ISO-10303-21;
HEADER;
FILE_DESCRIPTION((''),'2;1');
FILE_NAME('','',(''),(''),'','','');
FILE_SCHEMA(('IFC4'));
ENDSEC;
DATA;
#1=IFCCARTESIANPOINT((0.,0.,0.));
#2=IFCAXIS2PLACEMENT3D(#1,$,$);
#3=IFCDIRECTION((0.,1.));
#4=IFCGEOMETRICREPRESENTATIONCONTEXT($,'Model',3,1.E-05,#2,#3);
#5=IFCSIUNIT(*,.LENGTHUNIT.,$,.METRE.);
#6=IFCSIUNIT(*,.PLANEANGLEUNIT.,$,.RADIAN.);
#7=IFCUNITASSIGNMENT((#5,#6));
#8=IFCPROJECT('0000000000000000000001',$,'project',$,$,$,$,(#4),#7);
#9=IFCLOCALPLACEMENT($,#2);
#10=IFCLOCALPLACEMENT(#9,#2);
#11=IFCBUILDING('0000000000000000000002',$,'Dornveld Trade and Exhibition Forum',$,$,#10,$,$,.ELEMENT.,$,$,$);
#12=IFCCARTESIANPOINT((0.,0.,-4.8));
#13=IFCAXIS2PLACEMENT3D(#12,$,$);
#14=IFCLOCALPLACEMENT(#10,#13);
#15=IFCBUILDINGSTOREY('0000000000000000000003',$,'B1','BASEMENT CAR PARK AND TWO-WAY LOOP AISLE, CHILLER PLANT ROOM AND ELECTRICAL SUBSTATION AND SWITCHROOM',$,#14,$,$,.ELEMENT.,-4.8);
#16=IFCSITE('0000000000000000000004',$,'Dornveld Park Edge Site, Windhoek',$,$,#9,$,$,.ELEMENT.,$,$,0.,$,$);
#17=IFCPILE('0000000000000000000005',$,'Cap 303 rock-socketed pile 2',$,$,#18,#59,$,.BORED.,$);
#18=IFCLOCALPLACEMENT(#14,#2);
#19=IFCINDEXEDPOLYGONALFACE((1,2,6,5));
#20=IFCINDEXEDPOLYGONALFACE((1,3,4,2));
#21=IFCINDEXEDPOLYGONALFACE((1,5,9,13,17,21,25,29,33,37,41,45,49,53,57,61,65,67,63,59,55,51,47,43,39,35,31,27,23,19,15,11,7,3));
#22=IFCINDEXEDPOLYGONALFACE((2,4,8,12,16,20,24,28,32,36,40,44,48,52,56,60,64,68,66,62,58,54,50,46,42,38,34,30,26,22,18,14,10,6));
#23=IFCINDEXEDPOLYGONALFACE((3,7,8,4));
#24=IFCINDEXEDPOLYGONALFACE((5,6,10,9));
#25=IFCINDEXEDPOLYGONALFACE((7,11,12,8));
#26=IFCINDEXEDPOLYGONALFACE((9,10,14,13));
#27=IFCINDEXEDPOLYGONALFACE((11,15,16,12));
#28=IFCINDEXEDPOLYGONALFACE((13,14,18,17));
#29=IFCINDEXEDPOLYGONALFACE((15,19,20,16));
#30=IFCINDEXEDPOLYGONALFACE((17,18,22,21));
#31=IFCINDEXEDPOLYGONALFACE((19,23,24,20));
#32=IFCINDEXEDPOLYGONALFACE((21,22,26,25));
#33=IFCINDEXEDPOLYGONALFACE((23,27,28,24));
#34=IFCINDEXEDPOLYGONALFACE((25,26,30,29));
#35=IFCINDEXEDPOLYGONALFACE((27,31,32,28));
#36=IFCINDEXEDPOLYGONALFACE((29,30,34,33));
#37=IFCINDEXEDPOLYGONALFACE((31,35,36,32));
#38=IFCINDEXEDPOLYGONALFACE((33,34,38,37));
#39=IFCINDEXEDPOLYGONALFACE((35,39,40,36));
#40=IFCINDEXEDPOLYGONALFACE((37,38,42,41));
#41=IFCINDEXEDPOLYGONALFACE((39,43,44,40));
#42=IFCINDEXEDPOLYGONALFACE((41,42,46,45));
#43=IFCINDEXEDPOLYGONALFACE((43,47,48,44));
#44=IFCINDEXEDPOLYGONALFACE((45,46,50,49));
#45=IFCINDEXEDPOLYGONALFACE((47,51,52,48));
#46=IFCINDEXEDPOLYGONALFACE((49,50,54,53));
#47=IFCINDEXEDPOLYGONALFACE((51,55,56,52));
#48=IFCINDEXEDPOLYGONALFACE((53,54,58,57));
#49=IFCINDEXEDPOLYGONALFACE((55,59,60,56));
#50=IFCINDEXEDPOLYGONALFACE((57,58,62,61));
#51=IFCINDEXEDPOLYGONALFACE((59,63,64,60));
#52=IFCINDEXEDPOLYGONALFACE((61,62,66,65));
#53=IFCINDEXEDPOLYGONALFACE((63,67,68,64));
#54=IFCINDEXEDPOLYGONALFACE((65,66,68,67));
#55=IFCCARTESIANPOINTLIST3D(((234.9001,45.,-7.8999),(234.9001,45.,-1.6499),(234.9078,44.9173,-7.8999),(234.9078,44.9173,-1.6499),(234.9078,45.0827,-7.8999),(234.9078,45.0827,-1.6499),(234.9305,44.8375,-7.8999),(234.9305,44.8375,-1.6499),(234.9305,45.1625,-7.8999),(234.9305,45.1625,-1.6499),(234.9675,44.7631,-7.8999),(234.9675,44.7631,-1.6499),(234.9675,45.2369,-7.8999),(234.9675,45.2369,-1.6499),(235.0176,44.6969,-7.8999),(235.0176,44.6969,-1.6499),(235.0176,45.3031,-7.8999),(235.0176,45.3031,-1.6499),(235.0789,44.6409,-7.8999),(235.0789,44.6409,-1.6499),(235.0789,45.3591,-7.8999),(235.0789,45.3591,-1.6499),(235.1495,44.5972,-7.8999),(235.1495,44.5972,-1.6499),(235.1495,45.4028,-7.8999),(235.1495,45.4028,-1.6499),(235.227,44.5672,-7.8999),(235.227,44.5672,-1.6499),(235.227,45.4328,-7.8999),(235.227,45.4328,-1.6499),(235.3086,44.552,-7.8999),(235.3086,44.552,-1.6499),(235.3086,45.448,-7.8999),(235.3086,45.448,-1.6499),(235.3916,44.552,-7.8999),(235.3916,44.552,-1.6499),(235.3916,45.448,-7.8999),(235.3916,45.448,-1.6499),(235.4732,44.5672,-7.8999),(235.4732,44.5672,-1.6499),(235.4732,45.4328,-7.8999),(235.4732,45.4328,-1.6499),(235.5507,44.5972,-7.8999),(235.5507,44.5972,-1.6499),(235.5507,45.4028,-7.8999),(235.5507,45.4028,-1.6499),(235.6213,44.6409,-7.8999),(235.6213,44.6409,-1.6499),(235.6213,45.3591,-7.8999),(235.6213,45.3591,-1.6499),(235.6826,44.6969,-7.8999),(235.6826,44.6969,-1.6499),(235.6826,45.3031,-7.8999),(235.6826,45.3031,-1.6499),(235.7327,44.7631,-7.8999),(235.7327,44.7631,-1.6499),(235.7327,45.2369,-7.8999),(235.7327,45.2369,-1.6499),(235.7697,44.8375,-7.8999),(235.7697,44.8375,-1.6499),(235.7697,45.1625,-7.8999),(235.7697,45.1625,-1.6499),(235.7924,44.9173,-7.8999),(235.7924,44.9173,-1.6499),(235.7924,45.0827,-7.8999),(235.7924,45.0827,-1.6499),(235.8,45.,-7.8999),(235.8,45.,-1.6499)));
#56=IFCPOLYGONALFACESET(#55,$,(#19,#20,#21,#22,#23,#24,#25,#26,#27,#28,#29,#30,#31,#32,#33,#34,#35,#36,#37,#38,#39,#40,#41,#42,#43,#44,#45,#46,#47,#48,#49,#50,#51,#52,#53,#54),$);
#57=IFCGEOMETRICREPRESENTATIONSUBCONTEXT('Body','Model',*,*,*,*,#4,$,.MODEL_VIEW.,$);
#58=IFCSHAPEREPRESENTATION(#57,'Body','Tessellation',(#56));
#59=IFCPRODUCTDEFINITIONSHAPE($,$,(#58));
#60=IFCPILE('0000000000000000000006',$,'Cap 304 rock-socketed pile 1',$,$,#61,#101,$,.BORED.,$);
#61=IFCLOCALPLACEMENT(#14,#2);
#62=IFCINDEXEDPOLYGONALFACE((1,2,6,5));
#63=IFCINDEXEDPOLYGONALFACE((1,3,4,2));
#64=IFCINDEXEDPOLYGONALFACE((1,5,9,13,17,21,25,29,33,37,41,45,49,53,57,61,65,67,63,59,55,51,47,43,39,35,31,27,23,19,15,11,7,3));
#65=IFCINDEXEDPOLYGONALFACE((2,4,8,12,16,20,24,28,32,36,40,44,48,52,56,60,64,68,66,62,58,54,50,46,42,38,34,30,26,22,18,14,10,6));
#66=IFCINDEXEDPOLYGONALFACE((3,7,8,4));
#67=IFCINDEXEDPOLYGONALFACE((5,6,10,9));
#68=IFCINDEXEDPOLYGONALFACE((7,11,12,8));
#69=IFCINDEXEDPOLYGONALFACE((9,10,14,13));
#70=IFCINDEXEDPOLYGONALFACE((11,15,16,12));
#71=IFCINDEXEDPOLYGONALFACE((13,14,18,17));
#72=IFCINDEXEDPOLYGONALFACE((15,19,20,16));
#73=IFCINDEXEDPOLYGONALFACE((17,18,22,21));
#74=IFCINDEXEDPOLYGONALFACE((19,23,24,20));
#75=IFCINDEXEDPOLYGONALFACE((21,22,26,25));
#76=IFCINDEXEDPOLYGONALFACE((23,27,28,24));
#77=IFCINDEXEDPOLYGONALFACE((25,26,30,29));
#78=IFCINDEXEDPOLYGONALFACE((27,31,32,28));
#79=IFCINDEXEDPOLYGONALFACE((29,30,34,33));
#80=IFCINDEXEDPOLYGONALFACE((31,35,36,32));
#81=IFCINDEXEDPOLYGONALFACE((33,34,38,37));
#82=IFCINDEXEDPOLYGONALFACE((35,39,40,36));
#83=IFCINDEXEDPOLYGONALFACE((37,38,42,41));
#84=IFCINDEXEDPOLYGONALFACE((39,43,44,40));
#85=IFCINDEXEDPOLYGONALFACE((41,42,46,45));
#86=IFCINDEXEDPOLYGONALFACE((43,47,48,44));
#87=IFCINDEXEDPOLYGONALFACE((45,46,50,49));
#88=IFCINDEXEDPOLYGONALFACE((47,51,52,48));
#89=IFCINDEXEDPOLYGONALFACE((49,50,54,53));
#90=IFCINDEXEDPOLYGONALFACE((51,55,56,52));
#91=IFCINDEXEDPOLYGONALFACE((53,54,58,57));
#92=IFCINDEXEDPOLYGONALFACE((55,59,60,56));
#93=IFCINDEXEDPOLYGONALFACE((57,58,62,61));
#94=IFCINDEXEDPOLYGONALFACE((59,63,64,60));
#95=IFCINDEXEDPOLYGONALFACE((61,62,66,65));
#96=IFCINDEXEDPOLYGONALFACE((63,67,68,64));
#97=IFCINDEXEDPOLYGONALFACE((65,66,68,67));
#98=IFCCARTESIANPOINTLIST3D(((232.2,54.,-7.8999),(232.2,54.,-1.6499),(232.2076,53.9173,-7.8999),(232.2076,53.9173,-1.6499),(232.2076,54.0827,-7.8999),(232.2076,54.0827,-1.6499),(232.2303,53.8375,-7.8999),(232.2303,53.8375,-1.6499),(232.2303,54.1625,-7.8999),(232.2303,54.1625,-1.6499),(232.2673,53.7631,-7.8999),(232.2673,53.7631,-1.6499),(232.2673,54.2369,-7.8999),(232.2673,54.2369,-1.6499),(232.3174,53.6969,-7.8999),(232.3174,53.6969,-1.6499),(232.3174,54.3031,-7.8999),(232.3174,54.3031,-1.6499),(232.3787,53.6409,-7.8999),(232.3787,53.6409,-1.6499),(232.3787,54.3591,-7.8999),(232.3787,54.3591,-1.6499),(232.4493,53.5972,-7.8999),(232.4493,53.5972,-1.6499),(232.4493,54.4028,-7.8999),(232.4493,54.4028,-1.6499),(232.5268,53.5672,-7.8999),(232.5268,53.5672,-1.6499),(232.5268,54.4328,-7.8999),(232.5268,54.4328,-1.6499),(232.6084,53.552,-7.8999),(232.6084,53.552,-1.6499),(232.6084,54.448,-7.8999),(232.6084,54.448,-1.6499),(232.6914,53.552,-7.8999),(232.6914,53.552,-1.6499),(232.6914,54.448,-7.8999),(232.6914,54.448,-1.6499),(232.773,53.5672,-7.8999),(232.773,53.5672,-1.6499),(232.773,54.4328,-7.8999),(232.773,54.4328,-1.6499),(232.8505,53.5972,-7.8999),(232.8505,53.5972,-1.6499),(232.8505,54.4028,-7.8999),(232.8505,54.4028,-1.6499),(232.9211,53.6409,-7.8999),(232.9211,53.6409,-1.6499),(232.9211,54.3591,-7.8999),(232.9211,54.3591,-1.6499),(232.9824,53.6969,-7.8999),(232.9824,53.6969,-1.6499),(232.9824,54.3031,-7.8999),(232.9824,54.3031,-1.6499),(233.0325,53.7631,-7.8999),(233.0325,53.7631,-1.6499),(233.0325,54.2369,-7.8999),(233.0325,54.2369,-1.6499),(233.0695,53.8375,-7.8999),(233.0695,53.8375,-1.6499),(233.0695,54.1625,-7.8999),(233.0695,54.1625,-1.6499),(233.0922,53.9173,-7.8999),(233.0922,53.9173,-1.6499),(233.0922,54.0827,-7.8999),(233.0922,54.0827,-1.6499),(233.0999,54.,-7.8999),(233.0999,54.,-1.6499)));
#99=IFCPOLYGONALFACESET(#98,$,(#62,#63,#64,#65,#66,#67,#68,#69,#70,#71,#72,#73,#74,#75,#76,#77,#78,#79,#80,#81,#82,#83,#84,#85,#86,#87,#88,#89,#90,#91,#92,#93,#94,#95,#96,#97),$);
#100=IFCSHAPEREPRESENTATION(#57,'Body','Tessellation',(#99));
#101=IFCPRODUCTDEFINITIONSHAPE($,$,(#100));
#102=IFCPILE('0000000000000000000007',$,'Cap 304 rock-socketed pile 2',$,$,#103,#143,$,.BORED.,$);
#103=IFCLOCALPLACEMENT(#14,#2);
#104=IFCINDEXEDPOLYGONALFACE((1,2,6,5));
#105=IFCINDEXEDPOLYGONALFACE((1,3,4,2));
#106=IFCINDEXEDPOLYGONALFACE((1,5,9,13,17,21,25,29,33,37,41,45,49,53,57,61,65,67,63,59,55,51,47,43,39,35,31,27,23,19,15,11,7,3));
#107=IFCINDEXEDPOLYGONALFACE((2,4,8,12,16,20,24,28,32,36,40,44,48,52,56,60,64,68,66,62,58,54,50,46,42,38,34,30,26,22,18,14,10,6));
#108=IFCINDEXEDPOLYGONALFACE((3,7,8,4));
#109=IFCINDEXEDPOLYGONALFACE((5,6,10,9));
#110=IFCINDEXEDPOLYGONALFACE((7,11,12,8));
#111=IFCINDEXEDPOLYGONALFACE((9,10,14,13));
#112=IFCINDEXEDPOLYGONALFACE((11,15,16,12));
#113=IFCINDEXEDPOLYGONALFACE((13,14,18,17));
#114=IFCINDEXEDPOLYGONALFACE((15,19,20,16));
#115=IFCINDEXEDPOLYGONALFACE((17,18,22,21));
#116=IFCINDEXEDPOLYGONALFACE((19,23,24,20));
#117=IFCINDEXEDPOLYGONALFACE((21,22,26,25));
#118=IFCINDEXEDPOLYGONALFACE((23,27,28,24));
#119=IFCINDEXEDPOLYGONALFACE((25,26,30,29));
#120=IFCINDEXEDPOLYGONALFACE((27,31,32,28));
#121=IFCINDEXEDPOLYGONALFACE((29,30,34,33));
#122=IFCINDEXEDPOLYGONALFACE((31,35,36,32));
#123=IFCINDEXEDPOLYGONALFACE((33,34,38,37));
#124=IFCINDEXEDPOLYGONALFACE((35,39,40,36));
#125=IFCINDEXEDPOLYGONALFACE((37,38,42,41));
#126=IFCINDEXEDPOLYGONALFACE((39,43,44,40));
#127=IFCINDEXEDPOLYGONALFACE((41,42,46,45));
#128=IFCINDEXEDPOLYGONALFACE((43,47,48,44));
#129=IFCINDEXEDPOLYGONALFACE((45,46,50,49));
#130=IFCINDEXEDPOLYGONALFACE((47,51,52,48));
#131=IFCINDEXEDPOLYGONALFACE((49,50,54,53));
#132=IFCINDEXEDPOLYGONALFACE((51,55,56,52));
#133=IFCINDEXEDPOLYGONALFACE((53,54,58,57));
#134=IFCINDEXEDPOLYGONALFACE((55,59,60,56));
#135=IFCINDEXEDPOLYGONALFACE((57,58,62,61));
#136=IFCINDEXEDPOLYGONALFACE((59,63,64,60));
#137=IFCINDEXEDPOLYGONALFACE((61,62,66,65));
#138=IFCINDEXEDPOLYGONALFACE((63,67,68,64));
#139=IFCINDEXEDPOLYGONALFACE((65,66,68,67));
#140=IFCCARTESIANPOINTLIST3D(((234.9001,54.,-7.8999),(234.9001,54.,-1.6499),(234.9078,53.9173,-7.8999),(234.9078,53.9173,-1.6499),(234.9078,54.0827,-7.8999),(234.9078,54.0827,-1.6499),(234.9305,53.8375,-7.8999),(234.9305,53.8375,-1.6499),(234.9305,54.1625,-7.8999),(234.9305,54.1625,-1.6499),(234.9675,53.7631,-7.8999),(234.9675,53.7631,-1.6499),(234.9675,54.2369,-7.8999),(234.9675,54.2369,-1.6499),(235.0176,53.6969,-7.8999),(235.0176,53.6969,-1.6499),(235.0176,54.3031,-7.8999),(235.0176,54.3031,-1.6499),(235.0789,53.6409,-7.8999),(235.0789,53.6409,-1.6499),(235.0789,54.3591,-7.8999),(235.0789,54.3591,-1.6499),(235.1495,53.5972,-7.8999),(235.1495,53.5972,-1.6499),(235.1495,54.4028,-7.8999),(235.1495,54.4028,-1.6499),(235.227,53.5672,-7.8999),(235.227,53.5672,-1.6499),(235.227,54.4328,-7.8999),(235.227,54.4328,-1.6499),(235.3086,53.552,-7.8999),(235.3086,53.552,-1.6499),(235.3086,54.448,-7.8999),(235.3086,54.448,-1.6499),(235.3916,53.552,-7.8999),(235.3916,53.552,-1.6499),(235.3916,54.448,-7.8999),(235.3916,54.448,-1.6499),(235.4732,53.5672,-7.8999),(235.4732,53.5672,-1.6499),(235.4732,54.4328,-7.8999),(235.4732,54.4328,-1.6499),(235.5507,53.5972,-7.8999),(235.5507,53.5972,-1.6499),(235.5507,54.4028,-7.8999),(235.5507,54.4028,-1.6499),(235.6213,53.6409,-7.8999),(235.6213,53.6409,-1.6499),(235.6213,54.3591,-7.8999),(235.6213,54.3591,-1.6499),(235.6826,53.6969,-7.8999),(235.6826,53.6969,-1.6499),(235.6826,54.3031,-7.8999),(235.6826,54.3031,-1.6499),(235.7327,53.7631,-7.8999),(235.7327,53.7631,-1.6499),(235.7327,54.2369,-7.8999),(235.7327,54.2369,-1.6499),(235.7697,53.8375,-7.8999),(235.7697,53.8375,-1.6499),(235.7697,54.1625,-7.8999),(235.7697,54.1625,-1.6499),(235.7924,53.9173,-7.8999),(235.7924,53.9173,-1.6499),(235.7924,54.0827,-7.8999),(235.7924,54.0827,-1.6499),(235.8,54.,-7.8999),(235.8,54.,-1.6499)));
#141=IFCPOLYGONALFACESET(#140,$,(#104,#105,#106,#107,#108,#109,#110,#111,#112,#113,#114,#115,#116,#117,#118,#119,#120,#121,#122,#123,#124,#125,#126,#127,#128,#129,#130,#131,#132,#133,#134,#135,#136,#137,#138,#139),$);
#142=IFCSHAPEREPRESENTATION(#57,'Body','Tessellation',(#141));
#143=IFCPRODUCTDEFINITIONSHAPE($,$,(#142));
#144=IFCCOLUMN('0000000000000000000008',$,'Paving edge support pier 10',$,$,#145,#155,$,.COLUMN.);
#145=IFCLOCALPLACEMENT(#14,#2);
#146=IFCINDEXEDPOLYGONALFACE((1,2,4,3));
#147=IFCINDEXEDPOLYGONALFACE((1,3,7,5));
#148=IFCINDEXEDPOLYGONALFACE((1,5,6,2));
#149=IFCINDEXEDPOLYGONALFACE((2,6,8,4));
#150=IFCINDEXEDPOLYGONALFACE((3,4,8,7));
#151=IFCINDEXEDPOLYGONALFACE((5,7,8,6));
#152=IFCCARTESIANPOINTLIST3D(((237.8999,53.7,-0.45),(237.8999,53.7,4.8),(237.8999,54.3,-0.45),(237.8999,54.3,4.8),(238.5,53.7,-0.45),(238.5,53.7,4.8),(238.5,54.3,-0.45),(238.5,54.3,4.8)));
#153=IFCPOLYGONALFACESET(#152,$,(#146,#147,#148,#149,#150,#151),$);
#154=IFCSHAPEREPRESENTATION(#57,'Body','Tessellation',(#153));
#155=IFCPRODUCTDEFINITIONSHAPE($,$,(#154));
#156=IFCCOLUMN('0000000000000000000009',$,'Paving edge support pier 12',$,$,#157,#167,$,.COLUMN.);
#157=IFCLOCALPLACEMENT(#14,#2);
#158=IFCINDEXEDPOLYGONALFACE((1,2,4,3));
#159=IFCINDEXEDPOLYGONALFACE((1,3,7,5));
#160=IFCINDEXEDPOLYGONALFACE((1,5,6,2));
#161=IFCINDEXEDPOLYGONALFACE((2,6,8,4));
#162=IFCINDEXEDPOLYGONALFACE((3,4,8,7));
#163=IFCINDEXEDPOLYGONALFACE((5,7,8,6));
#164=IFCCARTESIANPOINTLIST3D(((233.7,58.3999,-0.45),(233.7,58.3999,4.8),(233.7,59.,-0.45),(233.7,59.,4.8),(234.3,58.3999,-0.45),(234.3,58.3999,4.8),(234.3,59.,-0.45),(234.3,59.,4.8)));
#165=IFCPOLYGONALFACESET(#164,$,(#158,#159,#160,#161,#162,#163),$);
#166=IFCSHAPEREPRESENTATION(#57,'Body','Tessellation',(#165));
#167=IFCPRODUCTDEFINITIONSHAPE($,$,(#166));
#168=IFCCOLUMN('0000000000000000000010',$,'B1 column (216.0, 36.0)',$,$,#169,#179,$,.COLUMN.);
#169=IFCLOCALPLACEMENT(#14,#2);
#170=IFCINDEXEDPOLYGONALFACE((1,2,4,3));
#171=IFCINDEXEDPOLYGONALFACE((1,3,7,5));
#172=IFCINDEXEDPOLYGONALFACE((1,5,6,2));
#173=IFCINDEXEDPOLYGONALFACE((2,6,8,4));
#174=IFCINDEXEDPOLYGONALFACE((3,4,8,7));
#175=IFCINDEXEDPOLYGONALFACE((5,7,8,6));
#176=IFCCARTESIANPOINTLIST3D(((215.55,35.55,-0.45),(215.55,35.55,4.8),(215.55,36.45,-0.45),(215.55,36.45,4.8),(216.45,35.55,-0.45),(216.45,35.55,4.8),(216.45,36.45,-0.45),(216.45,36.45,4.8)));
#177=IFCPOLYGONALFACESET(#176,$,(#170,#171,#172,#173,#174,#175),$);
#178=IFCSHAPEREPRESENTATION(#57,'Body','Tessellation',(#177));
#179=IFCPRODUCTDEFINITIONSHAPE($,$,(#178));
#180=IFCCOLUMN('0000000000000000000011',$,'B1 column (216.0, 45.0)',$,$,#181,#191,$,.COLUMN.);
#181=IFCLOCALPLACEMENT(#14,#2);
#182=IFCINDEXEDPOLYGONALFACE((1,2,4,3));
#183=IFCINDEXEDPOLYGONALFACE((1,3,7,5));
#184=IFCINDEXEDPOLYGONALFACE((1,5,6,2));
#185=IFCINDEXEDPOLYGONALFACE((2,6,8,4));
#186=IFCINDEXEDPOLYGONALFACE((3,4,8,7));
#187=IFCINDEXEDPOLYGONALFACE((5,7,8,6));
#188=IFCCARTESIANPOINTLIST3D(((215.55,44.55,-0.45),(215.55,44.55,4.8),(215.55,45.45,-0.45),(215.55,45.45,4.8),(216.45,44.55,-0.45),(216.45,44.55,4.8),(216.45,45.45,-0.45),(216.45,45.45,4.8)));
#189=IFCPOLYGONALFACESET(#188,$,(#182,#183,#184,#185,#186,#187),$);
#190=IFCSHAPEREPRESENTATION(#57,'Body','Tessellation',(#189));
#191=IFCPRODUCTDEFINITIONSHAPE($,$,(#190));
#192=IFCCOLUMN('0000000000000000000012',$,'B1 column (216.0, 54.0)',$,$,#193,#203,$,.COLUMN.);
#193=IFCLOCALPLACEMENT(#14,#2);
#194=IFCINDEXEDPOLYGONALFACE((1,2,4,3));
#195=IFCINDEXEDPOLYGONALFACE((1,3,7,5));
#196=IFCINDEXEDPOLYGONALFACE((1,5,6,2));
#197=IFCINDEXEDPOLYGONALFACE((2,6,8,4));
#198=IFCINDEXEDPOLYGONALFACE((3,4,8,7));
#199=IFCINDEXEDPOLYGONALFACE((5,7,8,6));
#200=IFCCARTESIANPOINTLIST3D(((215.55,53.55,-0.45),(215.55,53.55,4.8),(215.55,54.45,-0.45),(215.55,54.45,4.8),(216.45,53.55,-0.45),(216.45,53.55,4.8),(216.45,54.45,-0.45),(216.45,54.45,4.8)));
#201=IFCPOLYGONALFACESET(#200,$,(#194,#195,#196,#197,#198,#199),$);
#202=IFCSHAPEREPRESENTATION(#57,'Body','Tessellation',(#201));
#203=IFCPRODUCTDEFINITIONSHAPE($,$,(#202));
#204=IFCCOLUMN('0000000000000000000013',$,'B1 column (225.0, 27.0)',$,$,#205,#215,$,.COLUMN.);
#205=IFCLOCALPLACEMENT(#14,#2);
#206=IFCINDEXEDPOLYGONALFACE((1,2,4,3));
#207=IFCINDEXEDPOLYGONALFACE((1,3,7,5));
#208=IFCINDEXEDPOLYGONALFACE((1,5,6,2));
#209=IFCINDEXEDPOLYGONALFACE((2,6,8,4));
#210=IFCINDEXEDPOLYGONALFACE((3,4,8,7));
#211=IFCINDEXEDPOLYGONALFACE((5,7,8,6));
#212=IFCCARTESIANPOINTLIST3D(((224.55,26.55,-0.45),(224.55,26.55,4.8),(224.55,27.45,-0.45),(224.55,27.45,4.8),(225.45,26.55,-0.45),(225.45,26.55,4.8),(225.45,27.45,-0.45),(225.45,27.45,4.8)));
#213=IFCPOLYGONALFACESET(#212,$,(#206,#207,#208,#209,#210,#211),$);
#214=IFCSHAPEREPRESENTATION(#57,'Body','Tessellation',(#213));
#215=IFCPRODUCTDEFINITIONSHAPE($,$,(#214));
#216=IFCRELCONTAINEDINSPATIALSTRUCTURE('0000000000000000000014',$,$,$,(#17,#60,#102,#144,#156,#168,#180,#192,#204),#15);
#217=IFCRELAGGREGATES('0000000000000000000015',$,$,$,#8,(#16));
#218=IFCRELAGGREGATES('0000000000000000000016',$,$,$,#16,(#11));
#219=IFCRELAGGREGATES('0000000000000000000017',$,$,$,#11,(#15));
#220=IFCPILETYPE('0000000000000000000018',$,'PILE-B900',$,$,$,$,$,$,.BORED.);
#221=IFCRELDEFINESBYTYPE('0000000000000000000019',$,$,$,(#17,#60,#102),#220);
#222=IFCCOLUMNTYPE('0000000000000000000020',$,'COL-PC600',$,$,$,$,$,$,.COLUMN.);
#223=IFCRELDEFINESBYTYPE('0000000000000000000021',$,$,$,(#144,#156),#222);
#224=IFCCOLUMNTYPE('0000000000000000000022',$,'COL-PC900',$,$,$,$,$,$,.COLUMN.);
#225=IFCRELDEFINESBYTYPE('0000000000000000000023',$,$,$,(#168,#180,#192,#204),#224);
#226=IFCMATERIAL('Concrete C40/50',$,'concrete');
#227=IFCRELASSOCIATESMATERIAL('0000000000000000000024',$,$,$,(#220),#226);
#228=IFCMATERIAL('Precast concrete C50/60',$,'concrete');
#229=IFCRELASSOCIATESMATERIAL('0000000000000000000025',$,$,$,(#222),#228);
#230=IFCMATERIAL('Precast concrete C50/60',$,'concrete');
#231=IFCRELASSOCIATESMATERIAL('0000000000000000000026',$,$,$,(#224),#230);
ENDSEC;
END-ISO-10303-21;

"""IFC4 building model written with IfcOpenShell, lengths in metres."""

from ifc_helpers import new_model, si_unit, direction, frame, origin, origin_2d, place, context, subcontext, project, spatial, rectangle, circle, extrude, material, material_profile, profile_set, type_object, element, save


model = new_model("IFC4")

# Units and contexts
model_context = context("Model", 3, precision=1e-05, world=origin(), true_north=direction((0.0, 1.0)))
body_context = subcontext(model_context, "Body", "Model", "MODEL_VIEW")
ifc_project = project(units=[si_unit("LENGTHUNIT", "METRE"), si_unit("PLANEANGLEUNIT", "RADIAN")], contexts=[model_context])

# Site, building, storey
site_placement = place(None, origin())
site = spatial("IfcSite", under=ifc_project, at=site_placement, Name="Dornveld Park Edge Site, Windhoek", CompositionType="ELEMENT", RefElevation=0.0)
building_placement = place(site_placement, origin())
building = spatial("IfcBuilding", under=site, at=building_placement, Name="Dornveld Trade and Exhibition Forum", CompositionType="ELEMENT")
storey_placement = place(building_placement, frame((0.0, 0.0, -4.8)))
storey = spatial("IfcBuildingStorey", under=building, at=storey_placement, Name="B1", Description="BASEMENT CAR PARK AND TWO-WAY LOOP AISLE, CHILLER PLANT ROOM AND ELECTRICAL SUBSTATION AND SWITCHROOM", CompositionType="ELEMENT", Elevation=-4.8)

# Piles
ifc_material_1 = material(Name="Concrete C40/50", Category="concrete")
ifc_material_profile_1 = material_profile(ifc_material_1, circle(Radius=0.45, at=origin_2d()), Name="PILE D900")
ifc_profile_set_1 = profile_set([ifc_material_profile_1], Name="Concrete C40/50")
pile_type = type_object("IfcPileType", Name="PILE-B900", PredefinedType="BORED", material=ifc_profile_set_1)
for number, where, z_axis, x_axis, name in (
    (1, (235.3501, 45.0, -1.6499), (0.0, 0.0, -1.0), (1.0, 0.0, 0.0), "Cap 303 rock-socketed pile 2"),
    (2, (232.6499, 54.0, -1.6499), (0.0, 0.0, -1.0), (1.0, 0.0, 0.0), "Cap 304 rock-socketed pile 1"),
    (3, (235.3501, 54.0, -1.6499), (0.0, 0.0, -1.0), (1.0, 0.0, 0.0), "Cap 304 rock-socketed pile 2"),
):
    element("IfcPile", number, at=place(storey_placement, frame(where, z_axis=z_axis, x_axis=x_axis)), inside=storey, type_object=pile_type, Name=name, PredefinedType="BORED", context=body_context, shape_type="SweptSolid", body=[
        extrude(circle(Radius=0.45, at=origin_2d()), origin(), (0.0, 0.0, 1.0), 6.25),
    ])

# Columns
ifc_material_2 = material(Name="Precast concrete C50/60", Category="concrete")
ifc_material_profile_2 = material_profile(ifc_material_2, rectangle(XDim=0.6001, YDim=0.6001, at=origin_2d()), Name="PC-COL 600x600")
ifc_profile_set_2 = profile_set([ifc_material_profile_2], Name="Precast concrete C50/60")
column_type_1 = type_object("IfcColumnType", Name="COL-PC600", PredefinedType="COLUMN", material=ifc_profile_set_2)
for number, where, z_axis, x_axis, name in (
    (4, (238.2, 54.0, -0.45), (0.0, 0.0, 1.0), (1.0, 0.0, 0.0), "Paving edge support pier 10"),
    (5, (234.0, 58.7, -0.45), (0.0, 0.0, 1.0), (1.0, 0.0, 0.0), "Paving edge support pier 12"),
):
    element("IfcColumn", number, at=place(storey_placement, frame(where, z_axis=z_axis, x_axis=x_axis)), inside=storey, type_object=column_type_1, Name=name, PredefinedType="COLUMN", context=body_context, shape_type="SweptSolid", body=[
        extrude(rectangle(XDim=0.6001, YDim=0.6001, at=origin_2d()), origin(), (0.0, 0.0, 1.0), 5.25),
    ])
ifc_material_3 = material(Name="Precast concrete C50/60", Category="concrete")
ifc_material_profile_3 = material_profile(ifc_material_3, rectangle(XDim=0.8999, YDim=0.8999, at=origin_2d()), Name="PC-COL 900x900")
ifc_profile_set_3 = profile_set([ifc_material_profile_3], Name="Precast concrete C50/60")
column_type_2 = type_object("IfcColumnType", Name="COL-PC900", PredefinedType="COLUMN", material=ifc_profile_set_3)
for number, where, z_axis, x_axis, name in (
    (6, (216.0, 36.0, -0.45), (0.0, 0.0, 1.0), (1.0, 0.0, 0.0), "B1 column (216.0, 36.0)"),
    (7, (216.0, 45.0, -0.45), (0.0, 0.0, 1.0), (1.0, 0.0, 0.0), "B1 column (216.0, 45.0)"),
    (8, (216.0, 54.0, -0.45), (0.0, 0.0, 1.0), (1.0, 0.0, 0.0), "B1 column (216.0, 54.0)"),
    (9, (225.0, 27.0, -0.45), (0.0, 0.0, 1.0), (1.0, 0.0, 0.0), "B1 column (225.0, 27.0)"),
):
    element("IfcColumn", number, at=place(storey_placement, frame(where, z_axis=z_axis, x_axis=x_axis)), inside=storey, type_object=column_type_2, Name=name, PredefinedType="COLUMN", context=body_context, shape_type="SweptSolid", body=[
        extrude(rectangle(XDim=0.8999, YDim=0.8999, at=origin_2d()), origin(), (0.0, 0.0, 1.0), 5.25),
    ])

save(model, "model.ifc")
